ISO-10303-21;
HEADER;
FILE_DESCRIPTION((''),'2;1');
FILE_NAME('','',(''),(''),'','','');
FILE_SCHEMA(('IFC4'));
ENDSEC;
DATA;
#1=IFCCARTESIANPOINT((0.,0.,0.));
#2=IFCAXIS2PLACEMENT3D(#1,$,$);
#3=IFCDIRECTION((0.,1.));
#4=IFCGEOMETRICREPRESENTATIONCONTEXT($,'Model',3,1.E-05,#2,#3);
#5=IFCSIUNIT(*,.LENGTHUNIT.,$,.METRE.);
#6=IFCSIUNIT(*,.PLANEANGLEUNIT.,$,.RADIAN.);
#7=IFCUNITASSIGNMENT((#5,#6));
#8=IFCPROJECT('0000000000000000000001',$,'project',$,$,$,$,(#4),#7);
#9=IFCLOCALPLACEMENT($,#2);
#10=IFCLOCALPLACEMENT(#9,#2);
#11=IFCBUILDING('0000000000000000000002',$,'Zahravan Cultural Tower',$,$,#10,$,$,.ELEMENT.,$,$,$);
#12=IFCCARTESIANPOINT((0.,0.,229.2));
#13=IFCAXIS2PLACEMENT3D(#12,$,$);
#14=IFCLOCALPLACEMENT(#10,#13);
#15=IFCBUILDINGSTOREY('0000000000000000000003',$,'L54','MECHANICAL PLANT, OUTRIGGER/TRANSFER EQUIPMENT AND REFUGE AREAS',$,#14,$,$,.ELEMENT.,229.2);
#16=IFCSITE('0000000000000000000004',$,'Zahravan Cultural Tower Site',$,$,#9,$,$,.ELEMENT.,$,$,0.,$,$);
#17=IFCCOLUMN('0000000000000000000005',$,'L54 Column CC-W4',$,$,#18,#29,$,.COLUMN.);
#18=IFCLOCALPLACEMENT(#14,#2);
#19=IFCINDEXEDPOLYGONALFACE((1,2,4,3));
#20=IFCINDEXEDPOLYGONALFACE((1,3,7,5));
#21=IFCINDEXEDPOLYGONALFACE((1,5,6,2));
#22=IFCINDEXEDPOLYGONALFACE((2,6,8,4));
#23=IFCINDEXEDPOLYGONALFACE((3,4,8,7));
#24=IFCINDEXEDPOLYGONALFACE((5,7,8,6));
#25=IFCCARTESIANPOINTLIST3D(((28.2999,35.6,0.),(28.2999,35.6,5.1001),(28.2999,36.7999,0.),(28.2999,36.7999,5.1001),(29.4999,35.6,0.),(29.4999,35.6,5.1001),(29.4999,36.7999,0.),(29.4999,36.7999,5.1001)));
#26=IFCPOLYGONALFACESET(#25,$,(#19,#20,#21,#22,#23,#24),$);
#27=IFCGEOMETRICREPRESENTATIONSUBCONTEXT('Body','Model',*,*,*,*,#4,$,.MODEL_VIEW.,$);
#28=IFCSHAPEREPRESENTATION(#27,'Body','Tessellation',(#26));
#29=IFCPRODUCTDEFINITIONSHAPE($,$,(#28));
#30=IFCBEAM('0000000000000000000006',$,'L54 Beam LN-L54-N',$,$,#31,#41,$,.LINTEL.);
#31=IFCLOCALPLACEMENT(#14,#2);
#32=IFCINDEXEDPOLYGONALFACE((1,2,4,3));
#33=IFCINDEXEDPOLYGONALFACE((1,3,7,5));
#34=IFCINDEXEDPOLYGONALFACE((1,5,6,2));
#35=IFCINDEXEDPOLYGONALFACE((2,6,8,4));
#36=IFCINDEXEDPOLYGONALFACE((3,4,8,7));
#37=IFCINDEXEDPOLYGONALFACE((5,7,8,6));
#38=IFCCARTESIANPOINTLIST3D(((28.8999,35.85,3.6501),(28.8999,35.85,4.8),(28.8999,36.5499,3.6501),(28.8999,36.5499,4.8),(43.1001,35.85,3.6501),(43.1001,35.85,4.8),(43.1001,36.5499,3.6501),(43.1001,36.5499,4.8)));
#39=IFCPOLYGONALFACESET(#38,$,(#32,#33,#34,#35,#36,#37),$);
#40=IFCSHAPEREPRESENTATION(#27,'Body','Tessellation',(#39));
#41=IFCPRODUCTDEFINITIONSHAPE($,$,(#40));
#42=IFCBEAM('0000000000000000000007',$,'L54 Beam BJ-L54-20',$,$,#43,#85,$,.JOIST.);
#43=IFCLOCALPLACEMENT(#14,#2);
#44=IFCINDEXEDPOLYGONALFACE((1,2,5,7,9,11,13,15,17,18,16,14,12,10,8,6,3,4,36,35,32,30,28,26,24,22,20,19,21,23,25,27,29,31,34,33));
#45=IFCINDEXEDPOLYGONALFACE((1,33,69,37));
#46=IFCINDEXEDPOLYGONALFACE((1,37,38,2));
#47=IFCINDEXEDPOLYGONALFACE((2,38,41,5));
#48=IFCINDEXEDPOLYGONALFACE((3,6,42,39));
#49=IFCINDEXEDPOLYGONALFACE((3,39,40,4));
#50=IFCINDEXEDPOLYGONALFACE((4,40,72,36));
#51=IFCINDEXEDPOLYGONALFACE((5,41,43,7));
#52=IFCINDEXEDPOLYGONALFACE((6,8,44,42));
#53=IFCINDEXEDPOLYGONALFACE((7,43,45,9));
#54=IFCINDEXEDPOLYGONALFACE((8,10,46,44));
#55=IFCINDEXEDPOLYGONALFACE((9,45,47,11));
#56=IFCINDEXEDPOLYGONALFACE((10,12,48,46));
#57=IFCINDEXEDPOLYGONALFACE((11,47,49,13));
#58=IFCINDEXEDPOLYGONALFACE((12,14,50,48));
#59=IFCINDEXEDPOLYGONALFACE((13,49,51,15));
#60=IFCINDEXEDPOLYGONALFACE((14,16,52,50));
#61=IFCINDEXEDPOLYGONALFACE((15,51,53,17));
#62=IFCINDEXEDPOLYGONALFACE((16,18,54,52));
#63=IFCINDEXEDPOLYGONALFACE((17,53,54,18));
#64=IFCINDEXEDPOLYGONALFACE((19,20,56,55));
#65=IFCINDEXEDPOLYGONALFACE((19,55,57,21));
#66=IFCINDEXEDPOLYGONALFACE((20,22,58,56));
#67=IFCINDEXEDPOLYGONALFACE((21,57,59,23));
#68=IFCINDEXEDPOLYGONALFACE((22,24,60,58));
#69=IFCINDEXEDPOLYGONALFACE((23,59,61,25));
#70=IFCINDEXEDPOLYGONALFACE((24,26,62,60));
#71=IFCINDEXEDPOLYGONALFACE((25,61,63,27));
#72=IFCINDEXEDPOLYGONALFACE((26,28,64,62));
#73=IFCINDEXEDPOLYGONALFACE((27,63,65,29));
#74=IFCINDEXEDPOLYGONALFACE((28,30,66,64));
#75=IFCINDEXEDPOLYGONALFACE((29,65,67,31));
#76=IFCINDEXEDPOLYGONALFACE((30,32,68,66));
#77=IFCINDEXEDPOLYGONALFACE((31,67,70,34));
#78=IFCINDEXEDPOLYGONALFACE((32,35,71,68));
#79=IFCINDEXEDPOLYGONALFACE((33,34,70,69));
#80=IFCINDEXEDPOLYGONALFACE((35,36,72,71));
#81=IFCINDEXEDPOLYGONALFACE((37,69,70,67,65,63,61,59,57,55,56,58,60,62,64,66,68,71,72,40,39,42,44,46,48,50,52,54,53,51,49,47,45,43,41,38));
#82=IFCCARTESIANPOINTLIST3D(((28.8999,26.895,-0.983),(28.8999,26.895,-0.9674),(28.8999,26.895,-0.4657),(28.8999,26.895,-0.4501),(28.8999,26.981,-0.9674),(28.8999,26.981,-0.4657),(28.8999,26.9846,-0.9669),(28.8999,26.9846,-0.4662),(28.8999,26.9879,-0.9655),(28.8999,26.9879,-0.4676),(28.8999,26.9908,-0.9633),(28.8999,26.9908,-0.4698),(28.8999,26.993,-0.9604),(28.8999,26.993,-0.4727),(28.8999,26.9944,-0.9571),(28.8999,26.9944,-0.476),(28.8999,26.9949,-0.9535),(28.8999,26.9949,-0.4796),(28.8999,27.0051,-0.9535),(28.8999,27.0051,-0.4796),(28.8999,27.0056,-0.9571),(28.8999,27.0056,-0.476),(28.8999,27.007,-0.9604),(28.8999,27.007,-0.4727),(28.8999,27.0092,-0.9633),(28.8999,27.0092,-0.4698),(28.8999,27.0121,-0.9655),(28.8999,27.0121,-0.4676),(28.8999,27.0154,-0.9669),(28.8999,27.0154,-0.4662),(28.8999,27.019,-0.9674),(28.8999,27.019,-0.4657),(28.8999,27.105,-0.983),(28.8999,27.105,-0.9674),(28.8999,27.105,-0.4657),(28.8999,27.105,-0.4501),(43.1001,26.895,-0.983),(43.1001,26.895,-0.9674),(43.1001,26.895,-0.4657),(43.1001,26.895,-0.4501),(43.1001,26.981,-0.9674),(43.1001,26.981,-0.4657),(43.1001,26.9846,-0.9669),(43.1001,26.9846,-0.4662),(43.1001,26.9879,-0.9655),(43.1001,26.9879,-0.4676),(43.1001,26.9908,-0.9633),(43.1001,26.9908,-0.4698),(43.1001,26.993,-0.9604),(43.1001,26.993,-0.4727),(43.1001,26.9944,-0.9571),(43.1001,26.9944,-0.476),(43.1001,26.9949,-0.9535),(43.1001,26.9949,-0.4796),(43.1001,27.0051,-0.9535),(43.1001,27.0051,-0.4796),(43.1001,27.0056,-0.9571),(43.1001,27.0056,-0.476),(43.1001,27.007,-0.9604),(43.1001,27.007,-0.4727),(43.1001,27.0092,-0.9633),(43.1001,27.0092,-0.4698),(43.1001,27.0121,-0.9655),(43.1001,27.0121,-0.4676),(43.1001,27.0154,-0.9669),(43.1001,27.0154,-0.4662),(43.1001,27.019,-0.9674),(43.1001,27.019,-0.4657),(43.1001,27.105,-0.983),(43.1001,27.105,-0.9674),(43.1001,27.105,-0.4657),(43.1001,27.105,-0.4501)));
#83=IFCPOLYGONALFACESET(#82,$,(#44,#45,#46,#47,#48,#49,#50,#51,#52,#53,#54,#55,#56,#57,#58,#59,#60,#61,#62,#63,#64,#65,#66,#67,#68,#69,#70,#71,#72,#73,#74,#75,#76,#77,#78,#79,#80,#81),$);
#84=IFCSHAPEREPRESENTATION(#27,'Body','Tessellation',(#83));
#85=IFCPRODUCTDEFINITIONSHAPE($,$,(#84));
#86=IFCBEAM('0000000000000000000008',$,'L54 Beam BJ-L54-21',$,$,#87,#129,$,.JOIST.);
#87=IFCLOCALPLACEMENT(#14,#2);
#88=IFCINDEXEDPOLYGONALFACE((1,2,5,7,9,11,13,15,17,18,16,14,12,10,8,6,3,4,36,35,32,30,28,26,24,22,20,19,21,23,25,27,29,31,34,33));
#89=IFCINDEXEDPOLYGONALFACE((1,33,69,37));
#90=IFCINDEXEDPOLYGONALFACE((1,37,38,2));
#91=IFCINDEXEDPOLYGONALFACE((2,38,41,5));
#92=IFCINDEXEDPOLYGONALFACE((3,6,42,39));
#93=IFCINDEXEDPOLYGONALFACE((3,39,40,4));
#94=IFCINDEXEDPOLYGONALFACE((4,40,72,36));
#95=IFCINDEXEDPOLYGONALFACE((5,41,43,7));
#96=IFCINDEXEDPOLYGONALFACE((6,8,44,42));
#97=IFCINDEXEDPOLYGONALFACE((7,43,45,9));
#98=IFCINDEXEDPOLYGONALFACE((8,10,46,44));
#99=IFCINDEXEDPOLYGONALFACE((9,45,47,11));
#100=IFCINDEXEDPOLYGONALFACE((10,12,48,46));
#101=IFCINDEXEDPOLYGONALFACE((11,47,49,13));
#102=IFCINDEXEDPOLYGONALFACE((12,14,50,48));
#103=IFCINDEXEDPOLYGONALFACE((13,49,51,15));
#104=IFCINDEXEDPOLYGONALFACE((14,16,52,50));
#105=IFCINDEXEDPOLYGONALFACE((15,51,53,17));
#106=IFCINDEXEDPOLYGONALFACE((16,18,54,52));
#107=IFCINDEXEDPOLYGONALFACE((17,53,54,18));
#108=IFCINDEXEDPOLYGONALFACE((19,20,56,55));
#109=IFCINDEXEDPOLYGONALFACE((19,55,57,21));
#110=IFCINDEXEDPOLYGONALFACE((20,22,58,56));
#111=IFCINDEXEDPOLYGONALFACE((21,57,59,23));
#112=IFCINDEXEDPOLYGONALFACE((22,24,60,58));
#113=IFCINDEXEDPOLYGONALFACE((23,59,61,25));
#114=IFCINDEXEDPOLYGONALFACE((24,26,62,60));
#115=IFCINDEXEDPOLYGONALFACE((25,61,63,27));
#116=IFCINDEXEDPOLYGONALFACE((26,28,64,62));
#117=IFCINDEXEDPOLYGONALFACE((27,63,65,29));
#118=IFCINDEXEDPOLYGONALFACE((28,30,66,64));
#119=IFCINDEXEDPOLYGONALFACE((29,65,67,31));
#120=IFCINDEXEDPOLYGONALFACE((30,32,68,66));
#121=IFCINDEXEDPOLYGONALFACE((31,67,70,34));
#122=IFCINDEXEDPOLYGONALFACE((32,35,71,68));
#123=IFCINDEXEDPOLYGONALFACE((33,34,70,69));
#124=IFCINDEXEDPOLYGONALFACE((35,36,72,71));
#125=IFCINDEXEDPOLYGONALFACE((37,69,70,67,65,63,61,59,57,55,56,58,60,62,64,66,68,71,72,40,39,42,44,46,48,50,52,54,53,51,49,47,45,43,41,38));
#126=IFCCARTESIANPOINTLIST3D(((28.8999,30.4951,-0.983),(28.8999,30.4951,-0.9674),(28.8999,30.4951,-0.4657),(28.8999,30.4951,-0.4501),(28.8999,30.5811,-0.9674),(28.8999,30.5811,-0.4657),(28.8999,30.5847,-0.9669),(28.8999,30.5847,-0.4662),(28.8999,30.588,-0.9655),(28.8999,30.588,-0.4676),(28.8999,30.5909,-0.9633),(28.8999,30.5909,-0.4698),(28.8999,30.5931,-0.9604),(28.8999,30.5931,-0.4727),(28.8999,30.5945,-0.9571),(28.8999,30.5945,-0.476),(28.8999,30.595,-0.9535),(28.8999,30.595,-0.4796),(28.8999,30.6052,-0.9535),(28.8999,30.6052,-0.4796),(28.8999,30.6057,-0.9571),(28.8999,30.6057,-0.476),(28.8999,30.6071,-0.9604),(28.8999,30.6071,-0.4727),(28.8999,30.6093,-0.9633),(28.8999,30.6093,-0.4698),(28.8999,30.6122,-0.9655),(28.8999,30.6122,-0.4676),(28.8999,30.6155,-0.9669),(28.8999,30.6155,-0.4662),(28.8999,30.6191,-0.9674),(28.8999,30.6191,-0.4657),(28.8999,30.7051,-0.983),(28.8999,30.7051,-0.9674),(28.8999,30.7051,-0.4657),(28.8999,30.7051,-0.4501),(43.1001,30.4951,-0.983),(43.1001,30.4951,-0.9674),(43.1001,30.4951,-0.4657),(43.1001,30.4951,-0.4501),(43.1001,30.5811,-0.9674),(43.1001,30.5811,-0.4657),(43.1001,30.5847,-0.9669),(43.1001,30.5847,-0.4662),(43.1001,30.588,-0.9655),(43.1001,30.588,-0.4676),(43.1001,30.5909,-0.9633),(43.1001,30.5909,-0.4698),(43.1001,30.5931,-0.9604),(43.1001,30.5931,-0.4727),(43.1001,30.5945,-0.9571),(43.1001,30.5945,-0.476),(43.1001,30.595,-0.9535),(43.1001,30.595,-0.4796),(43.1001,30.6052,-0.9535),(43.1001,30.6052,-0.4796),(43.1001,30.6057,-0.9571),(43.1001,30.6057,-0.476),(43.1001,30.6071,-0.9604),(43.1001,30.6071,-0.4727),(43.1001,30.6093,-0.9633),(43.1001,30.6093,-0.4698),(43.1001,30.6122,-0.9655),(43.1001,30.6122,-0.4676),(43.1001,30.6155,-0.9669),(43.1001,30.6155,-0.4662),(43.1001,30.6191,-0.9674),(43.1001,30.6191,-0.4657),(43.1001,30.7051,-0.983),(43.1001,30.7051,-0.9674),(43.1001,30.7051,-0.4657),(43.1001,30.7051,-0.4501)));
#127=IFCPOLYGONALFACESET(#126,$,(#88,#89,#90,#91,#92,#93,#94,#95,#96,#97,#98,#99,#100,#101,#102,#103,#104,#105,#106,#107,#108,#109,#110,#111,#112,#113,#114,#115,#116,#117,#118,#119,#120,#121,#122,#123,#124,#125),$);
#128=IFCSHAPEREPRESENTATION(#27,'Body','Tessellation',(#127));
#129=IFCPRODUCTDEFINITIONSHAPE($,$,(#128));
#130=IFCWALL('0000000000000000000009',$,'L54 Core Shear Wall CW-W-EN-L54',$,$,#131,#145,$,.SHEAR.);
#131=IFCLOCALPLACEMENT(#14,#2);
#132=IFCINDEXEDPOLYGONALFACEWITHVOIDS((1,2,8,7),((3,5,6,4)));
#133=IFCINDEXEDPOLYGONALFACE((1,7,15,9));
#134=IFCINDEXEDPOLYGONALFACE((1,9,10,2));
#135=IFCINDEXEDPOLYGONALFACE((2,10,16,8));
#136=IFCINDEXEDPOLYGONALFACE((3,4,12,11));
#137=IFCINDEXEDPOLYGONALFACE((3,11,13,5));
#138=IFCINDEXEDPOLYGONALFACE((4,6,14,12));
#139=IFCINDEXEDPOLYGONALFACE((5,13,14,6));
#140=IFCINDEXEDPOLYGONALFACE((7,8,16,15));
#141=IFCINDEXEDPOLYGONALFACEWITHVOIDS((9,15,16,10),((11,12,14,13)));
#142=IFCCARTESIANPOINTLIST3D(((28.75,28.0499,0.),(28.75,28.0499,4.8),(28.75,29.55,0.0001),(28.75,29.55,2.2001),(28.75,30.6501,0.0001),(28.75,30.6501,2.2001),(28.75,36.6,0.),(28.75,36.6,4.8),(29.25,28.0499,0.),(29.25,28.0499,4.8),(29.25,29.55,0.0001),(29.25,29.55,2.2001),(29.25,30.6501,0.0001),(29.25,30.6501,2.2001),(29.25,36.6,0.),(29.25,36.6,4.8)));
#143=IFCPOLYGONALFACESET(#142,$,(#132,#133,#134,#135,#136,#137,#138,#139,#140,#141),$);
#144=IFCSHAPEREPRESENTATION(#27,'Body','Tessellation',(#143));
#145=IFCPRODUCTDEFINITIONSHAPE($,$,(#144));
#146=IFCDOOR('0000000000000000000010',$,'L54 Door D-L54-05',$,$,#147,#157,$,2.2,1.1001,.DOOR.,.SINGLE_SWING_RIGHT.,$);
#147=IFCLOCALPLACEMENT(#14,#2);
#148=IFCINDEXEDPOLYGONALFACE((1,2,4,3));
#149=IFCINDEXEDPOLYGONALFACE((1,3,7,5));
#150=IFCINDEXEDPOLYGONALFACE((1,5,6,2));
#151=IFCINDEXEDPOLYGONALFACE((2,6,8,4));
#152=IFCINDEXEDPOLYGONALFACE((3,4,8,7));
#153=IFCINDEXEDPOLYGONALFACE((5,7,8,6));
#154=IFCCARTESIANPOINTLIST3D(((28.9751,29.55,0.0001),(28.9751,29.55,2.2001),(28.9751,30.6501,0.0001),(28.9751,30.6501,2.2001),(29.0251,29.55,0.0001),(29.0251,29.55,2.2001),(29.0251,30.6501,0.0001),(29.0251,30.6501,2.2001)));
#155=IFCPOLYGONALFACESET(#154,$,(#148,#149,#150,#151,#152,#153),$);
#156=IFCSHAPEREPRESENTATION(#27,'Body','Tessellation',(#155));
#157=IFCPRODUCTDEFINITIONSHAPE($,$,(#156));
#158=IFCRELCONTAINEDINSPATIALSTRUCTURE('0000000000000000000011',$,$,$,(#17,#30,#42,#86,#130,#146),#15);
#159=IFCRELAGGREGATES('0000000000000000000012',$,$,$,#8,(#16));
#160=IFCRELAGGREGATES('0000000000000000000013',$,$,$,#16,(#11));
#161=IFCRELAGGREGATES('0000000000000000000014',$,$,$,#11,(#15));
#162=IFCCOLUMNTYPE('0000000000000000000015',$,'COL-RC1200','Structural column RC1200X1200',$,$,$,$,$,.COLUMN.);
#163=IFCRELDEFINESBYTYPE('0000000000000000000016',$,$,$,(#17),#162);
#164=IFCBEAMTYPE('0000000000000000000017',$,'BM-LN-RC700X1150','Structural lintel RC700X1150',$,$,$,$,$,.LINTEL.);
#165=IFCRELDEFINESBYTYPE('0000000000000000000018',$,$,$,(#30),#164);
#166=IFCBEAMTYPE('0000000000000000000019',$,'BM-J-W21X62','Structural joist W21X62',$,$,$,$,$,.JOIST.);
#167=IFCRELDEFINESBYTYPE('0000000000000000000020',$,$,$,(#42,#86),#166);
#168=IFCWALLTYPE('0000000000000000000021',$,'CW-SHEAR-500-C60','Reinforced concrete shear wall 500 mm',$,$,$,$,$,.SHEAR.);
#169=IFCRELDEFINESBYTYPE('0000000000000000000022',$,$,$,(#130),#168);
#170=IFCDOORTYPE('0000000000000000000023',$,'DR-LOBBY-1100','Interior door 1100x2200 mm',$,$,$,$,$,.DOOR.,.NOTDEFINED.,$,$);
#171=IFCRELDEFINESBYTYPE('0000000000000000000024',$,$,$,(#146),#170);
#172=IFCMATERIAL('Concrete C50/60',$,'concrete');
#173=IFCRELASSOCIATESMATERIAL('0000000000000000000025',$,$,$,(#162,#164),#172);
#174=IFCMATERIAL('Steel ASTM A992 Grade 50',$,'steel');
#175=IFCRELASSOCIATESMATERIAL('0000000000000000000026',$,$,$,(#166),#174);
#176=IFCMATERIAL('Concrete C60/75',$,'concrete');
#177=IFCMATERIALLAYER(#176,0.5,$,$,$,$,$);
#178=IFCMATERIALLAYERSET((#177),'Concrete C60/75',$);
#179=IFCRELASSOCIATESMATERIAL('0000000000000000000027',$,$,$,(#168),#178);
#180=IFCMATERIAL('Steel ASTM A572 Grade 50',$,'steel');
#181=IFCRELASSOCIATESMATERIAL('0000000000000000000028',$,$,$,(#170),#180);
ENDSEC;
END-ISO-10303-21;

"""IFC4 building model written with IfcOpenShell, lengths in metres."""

from ifc_helpers import new_model, si_unit, direction, frame, frame_2d, origin, origin_2d, place, context, subcontext, project, spatial, rectangle, i_section, extrude, source, transform, mapped, material, layer, layer_set, material_profile, profile_set, type_object, element, fill, save


model = new_model("IFC4")

# Units and contexts
model_context = context("Model", 3, precision=1e-05, world=origin(), true_north=direction((0.0, 1.0)))
body_context = subcontext(model_context, "Body", "Model", "MODEL_VIEW")
ifc_project = project(units=[si_unit("LENGTHUNIT", "METRE"), si_unit("PLANEANGLEUNIT", "RADIAN")], contexts=[model_context])

# Site, building, storey
site_placement = place(None, origin())
site = spatial("IfcSite", under=ifc_project, at=site_placement, Name="Zahravan Cultural Tower Site", CompositionType="ELEMENT", RefElevation=0.0)
building_placement = place(site_placement, origin())
building = spatial("IfcBuilding", under=site, at=building_placement, Name="Zahravan Cultural Tower", CompositionType="ELEMENT")
storey_placement = place(building_placement, frame((0.0, 0.0, 229.2)))
storey = spatial("IfcBuildingStorey", under=building, at=storey_placement, Name="L54", Description="MECHANICAL PLANT, OUTRIGGER/TRANSFER EQUIPMENT AND REFUGE AREAS", CompositionType="ELEMENT", Elevation=229.2)

# Column
ifc_material_1 = material(Name="Concrete C50/60", Category="concrete")
ifc_material_profile_1 = material_profile(ifc_material_1, rectangle(XDim=1.2, YDim=1.2, at=origin_2d()), Name="RC1200X1200")
ifc_profile_set_1 = profile_set([ifc_material_profile_1], Name="Concrete C50/60")
column_type = type_object("IfcColumnType", Name="COL-RC1200", Description="Structural column RC1200X1200", PredefinedType="COLUMN", material=ifc_profile_set_1)
shared_shape_1 = source(origin(), body_context, "Body", "SweptSolid", [
    extrude(rectangle(XDim=1.2, YDim=1.2, at=origin_2d()), origin(), (0.0, 0.0, 1.0), 5.1001),
])
column_placement = place(storey_placement, frame((28.8999, 36.2, 0.0), z_axis=(0.0, 0.0, 1.0), x_axis=(1.0, 0.0, 0.0)))
element("IfcColumn", 1, at=column_placement, inside=storey, type_object=column_type, Name="L54 Column CC-W4", PredefinedType="COLUMN", context=body_context, shape_type="MappedRepresentation", body=[
    mapped(shared_shape_1, transform((0.0, 0.0, 0.0), x_axis=(1.0, 0.0, 0.0), y_axis=(0.0, 1.0, 0.0), z_axis=(0.0, 0.0, 1.0), scale=1.0)),
])

# Beams
ifc_material_profile_2 = material_profile(ifc_material_1, rectangle(XDim=0.7, YDim=1.1499, at=origin_2d()), Name="RC700X1150")
ifc_profile_set_2 = profile_set([ifc_material_profile_2], Name="Concrete C50/60")
beam_type_1 = type_object("IfcBeamType", Name="BM-LN-RC700X1150", Description="Structural lintel RC700X1150", PredefinedType="LINTEL", material=ifc_profile_set_2)
shared_shape_2 = source(origin(), body_context, "Body", "SweptSolid", [
    extrude(rectangle(XDim=0.7, YDim=1.1499, at=origin_2d()), origin(), (0.0, 0.0, 1.0), 14.2002),
])
beam_placement = place(storey_placement, frame((28.8999, 36.2, 4.2251), z_axis=(1.0, 0.0, 0.0), x_axis=(0.0, 1.0, 0.0)))
element("IfcBeam", 2, at=beam_placement, inside=storey, type_object=beam_type_1, Name="L54 Beam LN-L54-N", PredefinedType="LINTEL", context=body_context, shape_type="MappedRepresentation", body=[
    mapped(shared_shape_2, transform((0.0, 0.0, 0.0), x_axis=(1.0, 0.0, 0.0), y_axis=(0.0, 1.0, 0.0), z_axis=(0.0, 0.0, 1.0), scale=1.0)),
])
ifc_material_2 = material(Name="Steel ASTM A992 Grade 50", Category="steel")
ifc_material_profile_3 = material_profile(ifc_material_2, i_section(OverallWidth=0.21, OverallDepth=0.533, WebThickness=0.0103, FlangeThickness=0.0156, FilletRadius=0.0139, at=origin_2d()), Name="W21X62")
ifc_profile_set_3 = profile_set([ifc_material_profile_3], Name="Steel ASTM A992 Grade 50")
beam_type_2 = type_object("IfcBeamType", Name="BM-J-W21X62", Description="Structural joist W21X62", PredefinedType="JOIST", material=ifc_profile_set_3)
shared_shape_3 = source(origin(), body_context, "Body", "SweptSolid", [
    extrude(i_section(OverallWidth=0.21, OverallDepth=0.533, WebThickness=0.0103, FlangeThickness=0.0156, FilletRadius=0.0139, at=origin_2d()), origin(), (0.0, 0.0, 1.0), 14.2002),
])
for number, where, z_axis, x_axis, name in (
    (3, (28.8999, 27.0, -0.7166), (1.0, 0.0, 0.0), (0.0, 1.0, 0.0), "L54 Beam BJ-L54-20"),
    (4, (28.8999, 30.6001, -0.7166), (1.0, 0.0, 0.0), (0.0, 1.0, 0.0), "L54 Beam BJ-L54-21"),
):
    element("IfcBeam", number, at=place(storey_placement, frame(where, z_axis=z_axis, x_axis=x_axis)), inside=storey, type_object=beam_type_2, Name=name, PredefinedType="JOIST", context=body_context, shape_type="MappedRepresentation", body=[
        mapped(shared_shape_3, transform((0.0, 0.0, 0.0), x_axis=(1.0, 0.0, 0.0), y_axis=(0.0, 1.0, 0.0), z_axis=(0.0, 0.0, 1.0), scale=1.0)),
    ])

# Wall, opening, door
ifc_material_3 = material(Name="Concrete C60/75", Category="concrete")
ifc_layer_1 = layer(ifc_material_3, 0.5)
ifc_layer_set_1 = layer_set([ifc_layer_1], Name="Concrete C60/75")
wall_type_1 = type_object("IfcWallType", Name="CW-SHEAR-500-C60", Description="Reinforced concrete shear wall 500 mm", PredefinedType="SHEAR", material=ifc_layer_set_1)
wall_1_placement = place(storey_placement, frame((29.0, 28.05, 0.0), z_axis=(0.0, 0.0, 1.0), x_axis=(0.0, 1.0, 0.0)))
wall_1 = element("IfcWall", 5, at=wall_1_placement, inside=storey, type_object=wall_type_1, Name="L54 Core Shear Wall CW-W-EN-L54", PredefinedType="SHEAR", context=body_context, shape_type="SweptSolid", body=[
    extrude(rectangle(XDim=8.55, YDim=0.5, at=frame_2d((4.2749, 0.0))), origin(), (0.0, 0.0, 1.0), 4.8),
])
opening_1_placement = place(wall_1_placement, frame((1.5, 0.0, 0.0)))
opening_1 = element("IfcOpeningElement", 6, at=opening_1_placement, cuts=wall_1, PredefinedType="OPENING", context=body_context, shape_type="SweptSolid", body=[
    extrude(rectangle(XDim=1.1001, YDim=2.2, at=frame_2d((0.55, 1.1001))), frame((0.0, 0.26, 0.0), z_axis=(0.0, -1.0, 0.0), x_axis=(1.0, 0.0, 0.0)), (0.0, 0.0, 1.0), 0.52),
])
ifc_material_4 = material(Name="Steel ASTM A572 Grade 50", Category="steel")
door_type_1 = type_object("IfcDoorType", Name="DR-LOBBY-1100", Description="Interior door 1100x2200 mm", OperationType="NOTDEFINED", PredefinedType="DOOR", material=ifc_material_4)
shared_shape_4 = source(origin(), body_context, "Body", "SweptSolid", [
    extrude(rectangle(XDim=1.1001, YDim=2.2, at=frame_2d((0.55, 1.1001))), frame((0.0, 0.0249, 0.0), z_axis=(0.0, -1.0, 0.0), x_axis=(1.0, 0.0, 0.0)), (0.0, 0.0, 1.0), 0.05),
])
door_1_placement = place(opening_1_placement, origin())
door_1 = element("IfcDoor", 7, at=door_1_placement, inside=storey, type_object=door_type_1, Name="L54 Door D-L54-05", OperationType="SINGLE_SWING_RIGHT", OverallHeight=2.2, OverallWidth=1.1001, PredefinedType="DOOR", context=body_context, shape_type="MappedRepresentation", body=[
    mapped(shared_shape_4, transform((0.0, 0.0, 0.0), x_axis=(1.0, 0.0, 0.0), y_axis=(0.0, 1.0, 0.0), z_axis=(0.0, 0.0, 1.0), scale=1.0)),
])
fill(opening_1, door_1)

save(model, "model.ifc")
